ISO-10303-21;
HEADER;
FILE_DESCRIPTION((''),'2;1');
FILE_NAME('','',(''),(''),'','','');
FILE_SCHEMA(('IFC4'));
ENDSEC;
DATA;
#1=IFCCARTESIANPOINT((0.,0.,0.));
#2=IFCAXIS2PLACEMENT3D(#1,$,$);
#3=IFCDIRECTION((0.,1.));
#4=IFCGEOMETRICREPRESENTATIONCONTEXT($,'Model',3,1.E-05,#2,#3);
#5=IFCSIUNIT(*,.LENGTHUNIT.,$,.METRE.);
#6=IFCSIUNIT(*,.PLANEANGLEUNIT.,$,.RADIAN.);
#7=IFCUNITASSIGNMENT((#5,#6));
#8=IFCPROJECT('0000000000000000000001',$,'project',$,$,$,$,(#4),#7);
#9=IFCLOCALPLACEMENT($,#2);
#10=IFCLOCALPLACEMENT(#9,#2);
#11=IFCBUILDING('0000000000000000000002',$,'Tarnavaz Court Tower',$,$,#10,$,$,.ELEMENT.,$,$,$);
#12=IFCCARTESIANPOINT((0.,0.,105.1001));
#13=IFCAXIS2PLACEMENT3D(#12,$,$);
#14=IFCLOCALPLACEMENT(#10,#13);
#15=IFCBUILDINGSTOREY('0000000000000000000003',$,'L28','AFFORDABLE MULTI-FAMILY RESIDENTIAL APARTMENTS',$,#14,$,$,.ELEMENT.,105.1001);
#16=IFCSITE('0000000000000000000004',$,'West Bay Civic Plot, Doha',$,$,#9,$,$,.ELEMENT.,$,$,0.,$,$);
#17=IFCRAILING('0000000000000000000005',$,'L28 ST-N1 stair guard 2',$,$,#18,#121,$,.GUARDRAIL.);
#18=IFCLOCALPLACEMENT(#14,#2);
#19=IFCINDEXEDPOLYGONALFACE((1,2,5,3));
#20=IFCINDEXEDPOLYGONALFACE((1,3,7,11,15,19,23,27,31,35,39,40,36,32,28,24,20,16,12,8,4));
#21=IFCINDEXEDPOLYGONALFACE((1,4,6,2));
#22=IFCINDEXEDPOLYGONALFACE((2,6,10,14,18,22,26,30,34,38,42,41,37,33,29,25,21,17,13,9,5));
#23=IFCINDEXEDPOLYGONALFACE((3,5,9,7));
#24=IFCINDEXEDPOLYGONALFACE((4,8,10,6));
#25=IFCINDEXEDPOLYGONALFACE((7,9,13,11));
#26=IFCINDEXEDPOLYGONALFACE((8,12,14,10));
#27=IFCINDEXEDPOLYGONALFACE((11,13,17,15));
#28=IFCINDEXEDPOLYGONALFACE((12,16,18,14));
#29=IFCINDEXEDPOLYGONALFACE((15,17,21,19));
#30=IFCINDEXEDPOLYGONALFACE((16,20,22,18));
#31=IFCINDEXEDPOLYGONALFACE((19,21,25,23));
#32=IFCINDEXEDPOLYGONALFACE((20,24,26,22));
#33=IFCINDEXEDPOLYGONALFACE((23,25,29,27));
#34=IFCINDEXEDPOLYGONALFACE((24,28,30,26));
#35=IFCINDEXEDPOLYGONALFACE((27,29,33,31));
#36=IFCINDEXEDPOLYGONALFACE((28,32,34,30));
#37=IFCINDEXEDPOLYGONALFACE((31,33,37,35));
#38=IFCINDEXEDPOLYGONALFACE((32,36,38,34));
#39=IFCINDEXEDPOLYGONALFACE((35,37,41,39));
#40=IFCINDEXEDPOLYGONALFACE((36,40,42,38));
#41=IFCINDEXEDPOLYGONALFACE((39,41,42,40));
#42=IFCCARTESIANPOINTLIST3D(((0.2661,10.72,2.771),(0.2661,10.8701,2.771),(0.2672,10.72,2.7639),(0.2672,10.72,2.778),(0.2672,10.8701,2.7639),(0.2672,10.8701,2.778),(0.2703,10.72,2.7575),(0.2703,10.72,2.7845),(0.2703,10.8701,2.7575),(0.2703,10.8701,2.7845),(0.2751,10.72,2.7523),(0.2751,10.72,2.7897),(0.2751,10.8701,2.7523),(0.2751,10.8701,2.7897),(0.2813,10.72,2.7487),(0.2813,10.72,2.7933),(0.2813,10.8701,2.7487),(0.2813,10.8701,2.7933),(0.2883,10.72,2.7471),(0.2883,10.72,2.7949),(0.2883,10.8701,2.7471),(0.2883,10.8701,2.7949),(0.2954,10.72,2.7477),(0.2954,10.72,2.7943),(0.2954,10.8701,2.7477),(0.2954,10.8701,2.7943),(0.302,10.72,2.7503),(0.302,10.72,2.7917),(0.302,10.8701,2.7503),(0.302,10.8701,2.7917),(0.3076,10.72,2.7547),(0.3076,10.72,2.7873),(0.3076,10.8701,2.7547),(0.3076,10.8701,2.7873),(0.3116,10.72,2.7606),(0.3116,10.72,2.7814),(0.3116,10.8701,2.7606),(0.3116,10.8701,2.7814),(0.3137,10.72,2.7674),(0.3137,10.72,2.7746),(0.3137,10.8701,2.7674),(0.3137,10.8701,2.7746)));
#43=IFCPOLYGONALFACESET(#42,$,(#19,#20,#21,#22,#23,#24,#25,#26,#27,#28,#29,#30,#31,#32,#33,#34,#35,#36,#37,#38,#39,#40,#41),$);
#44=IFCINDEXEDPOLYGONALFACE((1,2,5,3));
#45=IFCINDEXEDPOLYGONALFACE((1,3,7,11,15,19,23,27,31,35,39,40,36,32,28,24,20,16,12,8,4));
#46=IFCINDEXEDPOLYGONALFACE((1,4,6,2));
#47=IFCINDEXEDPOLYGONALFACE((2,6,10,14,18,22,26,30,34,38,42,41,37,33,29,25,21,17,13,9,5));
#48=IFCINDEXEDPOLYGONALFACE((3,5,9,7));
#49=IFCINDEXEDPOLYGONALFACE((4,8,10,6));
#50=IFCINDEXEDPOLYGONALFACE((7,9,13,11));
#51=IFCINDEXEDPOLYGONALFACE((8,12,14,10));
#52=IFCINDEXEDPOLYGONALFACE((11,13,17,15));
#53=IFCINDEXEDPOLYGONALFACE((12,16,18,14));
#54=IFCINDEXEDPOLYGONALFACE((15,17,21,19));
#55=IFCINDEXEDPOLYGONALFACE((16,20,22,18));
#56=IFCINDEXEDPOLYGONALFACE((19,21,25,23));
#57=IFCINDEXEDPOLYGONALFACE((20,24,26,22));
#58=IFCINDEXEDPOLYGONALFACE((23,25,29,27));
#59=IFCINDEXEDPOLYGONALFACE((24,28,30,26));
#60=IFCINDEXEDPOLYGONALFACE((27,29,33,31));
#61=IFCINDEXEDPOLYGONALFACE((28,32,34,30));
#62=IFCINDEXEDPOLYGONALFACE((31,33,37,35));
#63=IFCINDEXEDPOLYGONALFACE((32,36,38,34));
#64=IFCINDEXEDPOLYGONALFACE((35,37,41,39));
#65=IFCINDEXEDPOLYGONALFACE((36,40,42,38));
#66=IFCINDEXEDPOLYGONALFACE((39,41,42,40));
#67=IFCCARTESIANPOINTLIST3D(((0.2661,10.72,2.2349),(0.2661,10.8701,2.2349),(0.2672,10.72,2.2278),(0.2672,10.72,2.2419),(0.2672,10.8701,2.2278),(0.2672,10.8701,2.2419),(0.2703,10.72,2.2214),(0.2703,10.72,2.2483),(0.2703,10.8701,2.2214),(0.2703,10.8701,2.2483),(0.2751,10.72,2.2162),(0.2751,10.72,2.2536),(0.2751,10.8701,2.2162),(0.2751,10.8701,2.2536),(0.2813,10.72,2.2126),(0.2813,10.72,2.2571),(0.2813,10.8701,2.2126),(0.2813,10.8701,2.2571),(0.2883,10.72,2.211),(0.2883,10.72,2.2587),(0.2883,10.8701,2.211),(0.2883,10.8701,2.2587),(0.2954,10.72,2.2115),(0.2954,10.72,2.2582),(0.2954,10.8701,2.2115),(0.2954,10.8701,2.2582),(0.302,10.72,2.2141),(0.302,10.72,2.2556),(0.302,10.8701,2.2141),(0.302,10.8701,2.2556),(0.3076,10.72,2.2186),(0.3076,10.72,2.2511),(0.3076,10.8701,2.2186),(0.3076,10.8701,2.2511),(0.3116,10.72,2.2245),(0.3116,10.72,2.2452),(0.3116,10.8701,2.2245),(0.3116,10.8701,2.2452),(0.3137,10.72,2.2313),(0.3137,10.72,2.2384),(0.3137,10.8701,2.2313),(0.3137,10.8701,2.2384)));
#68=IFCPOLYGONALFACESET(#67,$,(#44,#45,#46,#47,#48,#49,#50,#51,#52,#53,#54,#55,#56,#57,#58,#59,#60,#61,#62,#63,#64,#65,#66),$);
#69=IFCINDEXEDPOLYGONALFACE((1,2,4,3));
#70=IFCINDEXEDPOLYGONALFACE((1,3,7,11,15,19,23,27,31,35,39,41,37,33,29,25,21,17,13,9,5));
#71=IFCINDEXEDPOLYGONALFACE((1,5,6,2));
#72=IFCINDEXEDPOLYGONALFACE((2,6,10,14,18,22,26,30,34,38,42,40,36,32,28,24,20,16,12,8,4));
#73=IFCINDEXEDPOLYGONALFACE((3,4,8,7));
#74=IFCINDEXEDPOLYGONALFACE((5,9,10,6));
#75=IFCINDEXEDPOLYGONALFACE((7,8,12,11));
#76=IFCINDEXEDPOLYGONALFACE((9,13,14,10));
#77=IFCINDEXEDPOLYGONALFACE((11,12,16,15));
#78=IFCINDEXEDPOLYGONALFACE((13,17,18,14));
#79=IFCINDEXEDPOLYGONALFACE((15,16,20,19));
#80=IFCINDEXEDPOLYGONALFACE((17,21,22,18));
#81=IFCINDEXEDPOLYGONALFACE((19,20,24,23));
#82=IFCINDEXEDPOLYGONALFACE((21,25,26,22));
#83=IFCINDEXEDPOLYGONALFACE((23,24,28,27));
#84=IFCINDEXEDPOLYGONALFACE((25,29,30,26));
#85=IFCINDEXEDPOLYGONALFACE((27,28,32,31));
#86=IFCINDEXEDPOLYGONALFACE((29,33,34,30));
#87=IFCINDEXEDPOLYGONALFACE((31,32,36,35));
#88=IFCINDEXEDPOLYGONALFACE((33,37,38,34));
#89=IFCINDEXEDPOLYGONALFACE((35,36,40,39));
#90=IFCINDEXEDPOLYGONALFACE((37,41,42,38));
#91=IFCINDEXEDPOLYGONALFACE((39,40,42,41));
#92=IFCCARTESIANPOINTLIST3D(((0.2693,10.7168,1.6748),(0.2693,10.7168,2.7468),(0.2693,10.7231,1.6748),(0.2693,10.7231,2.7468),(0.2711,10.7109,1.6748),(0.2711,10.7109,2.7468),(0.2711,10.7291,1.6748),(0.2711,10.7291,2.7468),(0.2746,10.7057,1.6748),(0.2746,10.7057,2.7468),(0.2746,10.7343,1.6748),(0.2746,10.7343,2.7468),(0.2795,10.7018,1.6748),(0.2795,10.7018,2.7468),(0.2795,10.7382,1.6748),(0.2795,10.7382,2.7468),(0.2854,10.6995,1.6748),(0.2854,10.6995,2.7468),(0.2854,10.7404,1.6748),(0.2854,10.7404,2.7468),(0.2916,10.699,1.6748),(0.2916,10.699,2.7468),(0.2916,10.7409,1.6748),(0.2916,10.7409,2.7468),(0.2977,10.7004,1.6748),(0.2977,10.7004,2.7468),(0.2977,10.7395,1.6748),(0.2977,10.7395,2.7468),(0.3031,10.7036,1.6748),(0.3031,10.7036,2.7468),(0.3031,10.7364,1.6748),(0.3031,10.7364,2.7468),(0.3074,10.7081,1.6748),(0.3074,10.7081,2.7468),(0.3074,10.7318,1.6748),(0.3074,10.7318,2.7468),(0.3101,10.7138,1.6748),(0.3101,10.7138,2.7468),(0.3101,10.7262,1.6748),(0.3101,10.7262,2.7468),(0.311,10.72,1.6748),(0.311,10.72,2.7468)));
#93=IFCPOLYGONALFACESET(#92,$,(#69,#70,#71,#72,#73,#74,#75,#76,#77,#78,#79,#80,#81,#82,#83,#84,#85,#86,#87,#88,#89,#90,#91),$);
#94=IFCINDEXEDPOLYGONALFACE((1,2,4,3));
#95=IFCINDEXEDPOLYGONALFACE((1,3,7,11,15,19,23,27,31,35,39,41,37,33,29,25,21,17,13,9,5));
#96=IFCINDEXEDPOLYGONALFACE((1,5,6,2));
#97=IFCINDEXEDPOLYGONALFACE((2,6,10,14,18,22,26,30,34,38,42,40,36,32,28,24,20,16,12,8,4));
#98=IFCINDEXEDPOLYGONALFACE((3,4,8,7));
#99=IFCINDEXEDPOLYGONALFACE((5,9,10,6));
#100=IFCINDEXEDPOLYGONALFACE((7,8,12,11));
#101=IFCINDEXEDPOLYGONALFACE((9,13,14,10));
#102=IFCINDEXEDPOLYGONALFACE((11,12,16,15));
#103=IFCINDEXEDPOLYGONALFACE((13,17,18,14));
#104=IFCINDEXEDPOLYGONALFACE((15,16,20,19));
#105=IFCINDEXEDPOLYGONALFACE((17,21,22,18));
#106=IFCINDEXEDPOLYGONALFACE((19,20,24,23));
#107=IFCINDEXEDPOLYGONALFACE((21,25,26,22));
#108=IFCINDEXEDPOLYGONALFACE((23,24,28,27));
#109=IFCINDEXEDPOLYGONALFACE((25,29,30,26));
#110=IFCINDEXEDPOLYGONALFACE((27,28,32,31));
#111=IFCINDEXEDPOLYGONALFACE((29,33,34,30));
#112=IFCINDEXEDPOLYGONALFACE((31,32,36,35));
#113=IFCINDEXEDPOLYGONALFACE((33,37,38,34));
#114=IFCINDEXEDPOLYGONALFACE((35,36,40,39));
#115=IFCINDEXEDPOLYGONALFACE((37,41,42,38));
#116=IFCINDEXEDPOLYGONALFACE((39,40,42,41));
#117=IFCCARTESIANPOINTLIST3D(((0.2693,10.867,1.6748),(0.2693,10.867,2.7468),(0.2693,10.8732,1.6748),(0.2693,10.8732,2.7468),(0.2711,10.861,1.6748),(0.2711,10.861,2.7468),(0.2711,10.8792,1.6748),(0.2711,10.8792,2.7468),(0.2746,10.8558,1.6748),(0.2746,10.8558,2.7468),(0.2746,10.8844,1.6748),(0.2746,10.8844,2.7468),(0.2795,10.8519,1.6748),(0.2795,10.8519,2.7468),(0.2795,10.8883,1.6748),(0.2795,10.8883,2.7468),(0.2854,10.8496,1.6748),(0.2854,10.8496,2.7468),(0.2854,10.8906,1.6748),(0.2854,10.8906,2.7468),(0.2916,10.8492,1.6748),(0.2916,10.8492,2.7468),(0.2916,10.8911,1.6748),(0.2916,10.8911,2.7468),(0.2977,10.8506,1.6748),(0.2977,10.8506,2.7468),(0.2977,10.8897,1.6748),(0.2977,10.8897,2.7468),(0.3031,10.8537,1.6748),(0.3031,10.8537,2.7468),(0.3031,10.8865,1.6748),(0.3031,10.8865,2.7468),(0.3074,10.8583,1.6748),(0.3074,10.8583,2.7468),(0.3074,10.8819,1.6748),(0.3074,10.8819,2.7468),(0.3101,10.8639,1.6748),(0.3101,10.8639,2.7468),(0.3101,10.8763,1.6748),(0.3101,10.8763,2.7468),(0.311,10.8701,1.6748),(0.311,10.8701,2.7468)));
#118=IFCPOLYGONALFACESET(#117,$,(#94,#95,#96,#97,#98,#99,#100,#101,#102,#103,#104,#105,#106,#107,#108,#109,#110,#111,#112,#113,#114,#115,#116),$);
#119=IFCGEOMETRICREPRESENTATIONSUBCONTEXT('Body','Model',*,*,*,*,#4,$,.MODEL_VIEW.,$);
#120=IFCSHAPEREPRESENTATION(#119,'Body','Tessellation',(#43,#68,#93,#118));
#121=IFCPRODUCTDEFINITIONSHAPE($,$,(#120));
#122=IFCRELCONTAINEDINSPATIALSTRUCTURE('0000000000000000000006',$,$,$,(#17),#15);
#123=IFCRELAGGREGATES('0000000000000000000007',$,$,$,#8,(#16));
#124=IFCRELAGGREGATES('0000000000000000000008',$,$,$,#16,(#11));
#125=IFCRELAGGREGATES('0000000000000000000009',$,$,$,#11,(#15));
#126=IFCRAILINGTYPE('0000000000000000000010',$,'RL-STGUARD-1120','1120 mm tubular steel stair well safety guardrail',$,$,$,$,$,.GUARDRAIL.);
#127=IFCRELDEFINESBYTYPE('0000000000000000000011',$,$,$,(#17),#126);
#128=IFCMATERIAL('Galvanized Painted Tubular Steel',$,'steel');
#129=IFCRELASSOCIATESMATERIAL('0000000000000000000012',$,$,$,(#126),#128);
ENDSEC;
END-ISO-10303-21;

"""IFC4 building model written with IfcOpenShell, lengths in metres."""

from ifc_helpers import new_model, si_unit, direction, frame, origin, origin_2d, place, context, subcontext, project, spatial, circle, extrude, material, type_object, element, save


model = new_model("IFC4")

# Units and contexts
model_context = context("Model", 3, precision=1e-05, world=origin(), true_north=direction((0.0, 1.0)))
body_context = subcontext(model_context, "Body", "Model", "MODEL_VIEW")
ifc_project = project(units=[si_unit("LENGTHUNIT", "METRE"), si_unit("PLANEANGLEUNIT", "RADIAN")], contexts=[model_context])

# Site, building, storey
site_placement = place(None, origin())
site = spatial("IfcSite", under=ifc_project, at=site_placement, Name="West Bay Civic Plot, Doha", CompositionType="ELEMENT", RefElevation=0.0)
building_placement = place(site_placement, origin())
building = spatial("IfcBuilding", under=site, at=building_placement, Name="Tarnavaz Court Tower", CompositionType="ELEMENT")
storey_placement = place(building_placement, frame((0.0, 0.0, 105.1001)))
storey = spatial("IfcBuildingStorey", under=building, at=storey_placement, Name="L28", Description="AFFORDABLE MULTI-FAMILY RESIDENTIAL APARTMENTS", CompositionType="ELEMENT", Elevation=105.1001)

# Railing
ifc_material_1 = material(Name="Galvanized Painted Tubular Steel", Category="steel")
railing_type_1 = type_object("IfcRailingType", Name="RL-STGUARD-1120", Description="1120 mm tubular steel stair well safety guardrail", PredefinedType="GUARDRAIL", material=ifc_material_1)
railing_1_placement = place(storey_placement, frame((0.29, 10.72, 1.6748)))
element("IfcRailing", 1, at=railing_1_placement, inside=storey, type_object=railing_type_1, Name="L28 ST-N1 stair guard 2", PredefinedType="GUARDRAIL", context=body_context, shape_type="SweptSolid", body=[
    extrude(circle(Radius=0.0239, at=origin_2d()), frame((0.0, 0.0, 1.0962), z_axis=(0.0, 1.0, 0.0), x_axis=(-1.0, 0.0, 0.0)), (0.0, 0.0, 1.0), 0.1501),
    extrude(circle(Radius=0.0239, at=origin_2d()), frame((0.0, 0.0, 0.5601), z_axis=(0.0, 1.0, 0.0), x_axis=(-1.0, 0.0, 0.0)), (0.0, 0.0, 1.0), 0.1501),
    extrude(circle(Radius=0.021, at=origin_2d()), origin(), (0.0, 0.0, 1.0), 1.072),
    extrude(circle(Radius=0.021, at=origin_2d()), frame((0.0, 0.1501, 0.0)), (0.0, 0.0, 1.0), 1.072),
])

save(model, "model.ifc")
